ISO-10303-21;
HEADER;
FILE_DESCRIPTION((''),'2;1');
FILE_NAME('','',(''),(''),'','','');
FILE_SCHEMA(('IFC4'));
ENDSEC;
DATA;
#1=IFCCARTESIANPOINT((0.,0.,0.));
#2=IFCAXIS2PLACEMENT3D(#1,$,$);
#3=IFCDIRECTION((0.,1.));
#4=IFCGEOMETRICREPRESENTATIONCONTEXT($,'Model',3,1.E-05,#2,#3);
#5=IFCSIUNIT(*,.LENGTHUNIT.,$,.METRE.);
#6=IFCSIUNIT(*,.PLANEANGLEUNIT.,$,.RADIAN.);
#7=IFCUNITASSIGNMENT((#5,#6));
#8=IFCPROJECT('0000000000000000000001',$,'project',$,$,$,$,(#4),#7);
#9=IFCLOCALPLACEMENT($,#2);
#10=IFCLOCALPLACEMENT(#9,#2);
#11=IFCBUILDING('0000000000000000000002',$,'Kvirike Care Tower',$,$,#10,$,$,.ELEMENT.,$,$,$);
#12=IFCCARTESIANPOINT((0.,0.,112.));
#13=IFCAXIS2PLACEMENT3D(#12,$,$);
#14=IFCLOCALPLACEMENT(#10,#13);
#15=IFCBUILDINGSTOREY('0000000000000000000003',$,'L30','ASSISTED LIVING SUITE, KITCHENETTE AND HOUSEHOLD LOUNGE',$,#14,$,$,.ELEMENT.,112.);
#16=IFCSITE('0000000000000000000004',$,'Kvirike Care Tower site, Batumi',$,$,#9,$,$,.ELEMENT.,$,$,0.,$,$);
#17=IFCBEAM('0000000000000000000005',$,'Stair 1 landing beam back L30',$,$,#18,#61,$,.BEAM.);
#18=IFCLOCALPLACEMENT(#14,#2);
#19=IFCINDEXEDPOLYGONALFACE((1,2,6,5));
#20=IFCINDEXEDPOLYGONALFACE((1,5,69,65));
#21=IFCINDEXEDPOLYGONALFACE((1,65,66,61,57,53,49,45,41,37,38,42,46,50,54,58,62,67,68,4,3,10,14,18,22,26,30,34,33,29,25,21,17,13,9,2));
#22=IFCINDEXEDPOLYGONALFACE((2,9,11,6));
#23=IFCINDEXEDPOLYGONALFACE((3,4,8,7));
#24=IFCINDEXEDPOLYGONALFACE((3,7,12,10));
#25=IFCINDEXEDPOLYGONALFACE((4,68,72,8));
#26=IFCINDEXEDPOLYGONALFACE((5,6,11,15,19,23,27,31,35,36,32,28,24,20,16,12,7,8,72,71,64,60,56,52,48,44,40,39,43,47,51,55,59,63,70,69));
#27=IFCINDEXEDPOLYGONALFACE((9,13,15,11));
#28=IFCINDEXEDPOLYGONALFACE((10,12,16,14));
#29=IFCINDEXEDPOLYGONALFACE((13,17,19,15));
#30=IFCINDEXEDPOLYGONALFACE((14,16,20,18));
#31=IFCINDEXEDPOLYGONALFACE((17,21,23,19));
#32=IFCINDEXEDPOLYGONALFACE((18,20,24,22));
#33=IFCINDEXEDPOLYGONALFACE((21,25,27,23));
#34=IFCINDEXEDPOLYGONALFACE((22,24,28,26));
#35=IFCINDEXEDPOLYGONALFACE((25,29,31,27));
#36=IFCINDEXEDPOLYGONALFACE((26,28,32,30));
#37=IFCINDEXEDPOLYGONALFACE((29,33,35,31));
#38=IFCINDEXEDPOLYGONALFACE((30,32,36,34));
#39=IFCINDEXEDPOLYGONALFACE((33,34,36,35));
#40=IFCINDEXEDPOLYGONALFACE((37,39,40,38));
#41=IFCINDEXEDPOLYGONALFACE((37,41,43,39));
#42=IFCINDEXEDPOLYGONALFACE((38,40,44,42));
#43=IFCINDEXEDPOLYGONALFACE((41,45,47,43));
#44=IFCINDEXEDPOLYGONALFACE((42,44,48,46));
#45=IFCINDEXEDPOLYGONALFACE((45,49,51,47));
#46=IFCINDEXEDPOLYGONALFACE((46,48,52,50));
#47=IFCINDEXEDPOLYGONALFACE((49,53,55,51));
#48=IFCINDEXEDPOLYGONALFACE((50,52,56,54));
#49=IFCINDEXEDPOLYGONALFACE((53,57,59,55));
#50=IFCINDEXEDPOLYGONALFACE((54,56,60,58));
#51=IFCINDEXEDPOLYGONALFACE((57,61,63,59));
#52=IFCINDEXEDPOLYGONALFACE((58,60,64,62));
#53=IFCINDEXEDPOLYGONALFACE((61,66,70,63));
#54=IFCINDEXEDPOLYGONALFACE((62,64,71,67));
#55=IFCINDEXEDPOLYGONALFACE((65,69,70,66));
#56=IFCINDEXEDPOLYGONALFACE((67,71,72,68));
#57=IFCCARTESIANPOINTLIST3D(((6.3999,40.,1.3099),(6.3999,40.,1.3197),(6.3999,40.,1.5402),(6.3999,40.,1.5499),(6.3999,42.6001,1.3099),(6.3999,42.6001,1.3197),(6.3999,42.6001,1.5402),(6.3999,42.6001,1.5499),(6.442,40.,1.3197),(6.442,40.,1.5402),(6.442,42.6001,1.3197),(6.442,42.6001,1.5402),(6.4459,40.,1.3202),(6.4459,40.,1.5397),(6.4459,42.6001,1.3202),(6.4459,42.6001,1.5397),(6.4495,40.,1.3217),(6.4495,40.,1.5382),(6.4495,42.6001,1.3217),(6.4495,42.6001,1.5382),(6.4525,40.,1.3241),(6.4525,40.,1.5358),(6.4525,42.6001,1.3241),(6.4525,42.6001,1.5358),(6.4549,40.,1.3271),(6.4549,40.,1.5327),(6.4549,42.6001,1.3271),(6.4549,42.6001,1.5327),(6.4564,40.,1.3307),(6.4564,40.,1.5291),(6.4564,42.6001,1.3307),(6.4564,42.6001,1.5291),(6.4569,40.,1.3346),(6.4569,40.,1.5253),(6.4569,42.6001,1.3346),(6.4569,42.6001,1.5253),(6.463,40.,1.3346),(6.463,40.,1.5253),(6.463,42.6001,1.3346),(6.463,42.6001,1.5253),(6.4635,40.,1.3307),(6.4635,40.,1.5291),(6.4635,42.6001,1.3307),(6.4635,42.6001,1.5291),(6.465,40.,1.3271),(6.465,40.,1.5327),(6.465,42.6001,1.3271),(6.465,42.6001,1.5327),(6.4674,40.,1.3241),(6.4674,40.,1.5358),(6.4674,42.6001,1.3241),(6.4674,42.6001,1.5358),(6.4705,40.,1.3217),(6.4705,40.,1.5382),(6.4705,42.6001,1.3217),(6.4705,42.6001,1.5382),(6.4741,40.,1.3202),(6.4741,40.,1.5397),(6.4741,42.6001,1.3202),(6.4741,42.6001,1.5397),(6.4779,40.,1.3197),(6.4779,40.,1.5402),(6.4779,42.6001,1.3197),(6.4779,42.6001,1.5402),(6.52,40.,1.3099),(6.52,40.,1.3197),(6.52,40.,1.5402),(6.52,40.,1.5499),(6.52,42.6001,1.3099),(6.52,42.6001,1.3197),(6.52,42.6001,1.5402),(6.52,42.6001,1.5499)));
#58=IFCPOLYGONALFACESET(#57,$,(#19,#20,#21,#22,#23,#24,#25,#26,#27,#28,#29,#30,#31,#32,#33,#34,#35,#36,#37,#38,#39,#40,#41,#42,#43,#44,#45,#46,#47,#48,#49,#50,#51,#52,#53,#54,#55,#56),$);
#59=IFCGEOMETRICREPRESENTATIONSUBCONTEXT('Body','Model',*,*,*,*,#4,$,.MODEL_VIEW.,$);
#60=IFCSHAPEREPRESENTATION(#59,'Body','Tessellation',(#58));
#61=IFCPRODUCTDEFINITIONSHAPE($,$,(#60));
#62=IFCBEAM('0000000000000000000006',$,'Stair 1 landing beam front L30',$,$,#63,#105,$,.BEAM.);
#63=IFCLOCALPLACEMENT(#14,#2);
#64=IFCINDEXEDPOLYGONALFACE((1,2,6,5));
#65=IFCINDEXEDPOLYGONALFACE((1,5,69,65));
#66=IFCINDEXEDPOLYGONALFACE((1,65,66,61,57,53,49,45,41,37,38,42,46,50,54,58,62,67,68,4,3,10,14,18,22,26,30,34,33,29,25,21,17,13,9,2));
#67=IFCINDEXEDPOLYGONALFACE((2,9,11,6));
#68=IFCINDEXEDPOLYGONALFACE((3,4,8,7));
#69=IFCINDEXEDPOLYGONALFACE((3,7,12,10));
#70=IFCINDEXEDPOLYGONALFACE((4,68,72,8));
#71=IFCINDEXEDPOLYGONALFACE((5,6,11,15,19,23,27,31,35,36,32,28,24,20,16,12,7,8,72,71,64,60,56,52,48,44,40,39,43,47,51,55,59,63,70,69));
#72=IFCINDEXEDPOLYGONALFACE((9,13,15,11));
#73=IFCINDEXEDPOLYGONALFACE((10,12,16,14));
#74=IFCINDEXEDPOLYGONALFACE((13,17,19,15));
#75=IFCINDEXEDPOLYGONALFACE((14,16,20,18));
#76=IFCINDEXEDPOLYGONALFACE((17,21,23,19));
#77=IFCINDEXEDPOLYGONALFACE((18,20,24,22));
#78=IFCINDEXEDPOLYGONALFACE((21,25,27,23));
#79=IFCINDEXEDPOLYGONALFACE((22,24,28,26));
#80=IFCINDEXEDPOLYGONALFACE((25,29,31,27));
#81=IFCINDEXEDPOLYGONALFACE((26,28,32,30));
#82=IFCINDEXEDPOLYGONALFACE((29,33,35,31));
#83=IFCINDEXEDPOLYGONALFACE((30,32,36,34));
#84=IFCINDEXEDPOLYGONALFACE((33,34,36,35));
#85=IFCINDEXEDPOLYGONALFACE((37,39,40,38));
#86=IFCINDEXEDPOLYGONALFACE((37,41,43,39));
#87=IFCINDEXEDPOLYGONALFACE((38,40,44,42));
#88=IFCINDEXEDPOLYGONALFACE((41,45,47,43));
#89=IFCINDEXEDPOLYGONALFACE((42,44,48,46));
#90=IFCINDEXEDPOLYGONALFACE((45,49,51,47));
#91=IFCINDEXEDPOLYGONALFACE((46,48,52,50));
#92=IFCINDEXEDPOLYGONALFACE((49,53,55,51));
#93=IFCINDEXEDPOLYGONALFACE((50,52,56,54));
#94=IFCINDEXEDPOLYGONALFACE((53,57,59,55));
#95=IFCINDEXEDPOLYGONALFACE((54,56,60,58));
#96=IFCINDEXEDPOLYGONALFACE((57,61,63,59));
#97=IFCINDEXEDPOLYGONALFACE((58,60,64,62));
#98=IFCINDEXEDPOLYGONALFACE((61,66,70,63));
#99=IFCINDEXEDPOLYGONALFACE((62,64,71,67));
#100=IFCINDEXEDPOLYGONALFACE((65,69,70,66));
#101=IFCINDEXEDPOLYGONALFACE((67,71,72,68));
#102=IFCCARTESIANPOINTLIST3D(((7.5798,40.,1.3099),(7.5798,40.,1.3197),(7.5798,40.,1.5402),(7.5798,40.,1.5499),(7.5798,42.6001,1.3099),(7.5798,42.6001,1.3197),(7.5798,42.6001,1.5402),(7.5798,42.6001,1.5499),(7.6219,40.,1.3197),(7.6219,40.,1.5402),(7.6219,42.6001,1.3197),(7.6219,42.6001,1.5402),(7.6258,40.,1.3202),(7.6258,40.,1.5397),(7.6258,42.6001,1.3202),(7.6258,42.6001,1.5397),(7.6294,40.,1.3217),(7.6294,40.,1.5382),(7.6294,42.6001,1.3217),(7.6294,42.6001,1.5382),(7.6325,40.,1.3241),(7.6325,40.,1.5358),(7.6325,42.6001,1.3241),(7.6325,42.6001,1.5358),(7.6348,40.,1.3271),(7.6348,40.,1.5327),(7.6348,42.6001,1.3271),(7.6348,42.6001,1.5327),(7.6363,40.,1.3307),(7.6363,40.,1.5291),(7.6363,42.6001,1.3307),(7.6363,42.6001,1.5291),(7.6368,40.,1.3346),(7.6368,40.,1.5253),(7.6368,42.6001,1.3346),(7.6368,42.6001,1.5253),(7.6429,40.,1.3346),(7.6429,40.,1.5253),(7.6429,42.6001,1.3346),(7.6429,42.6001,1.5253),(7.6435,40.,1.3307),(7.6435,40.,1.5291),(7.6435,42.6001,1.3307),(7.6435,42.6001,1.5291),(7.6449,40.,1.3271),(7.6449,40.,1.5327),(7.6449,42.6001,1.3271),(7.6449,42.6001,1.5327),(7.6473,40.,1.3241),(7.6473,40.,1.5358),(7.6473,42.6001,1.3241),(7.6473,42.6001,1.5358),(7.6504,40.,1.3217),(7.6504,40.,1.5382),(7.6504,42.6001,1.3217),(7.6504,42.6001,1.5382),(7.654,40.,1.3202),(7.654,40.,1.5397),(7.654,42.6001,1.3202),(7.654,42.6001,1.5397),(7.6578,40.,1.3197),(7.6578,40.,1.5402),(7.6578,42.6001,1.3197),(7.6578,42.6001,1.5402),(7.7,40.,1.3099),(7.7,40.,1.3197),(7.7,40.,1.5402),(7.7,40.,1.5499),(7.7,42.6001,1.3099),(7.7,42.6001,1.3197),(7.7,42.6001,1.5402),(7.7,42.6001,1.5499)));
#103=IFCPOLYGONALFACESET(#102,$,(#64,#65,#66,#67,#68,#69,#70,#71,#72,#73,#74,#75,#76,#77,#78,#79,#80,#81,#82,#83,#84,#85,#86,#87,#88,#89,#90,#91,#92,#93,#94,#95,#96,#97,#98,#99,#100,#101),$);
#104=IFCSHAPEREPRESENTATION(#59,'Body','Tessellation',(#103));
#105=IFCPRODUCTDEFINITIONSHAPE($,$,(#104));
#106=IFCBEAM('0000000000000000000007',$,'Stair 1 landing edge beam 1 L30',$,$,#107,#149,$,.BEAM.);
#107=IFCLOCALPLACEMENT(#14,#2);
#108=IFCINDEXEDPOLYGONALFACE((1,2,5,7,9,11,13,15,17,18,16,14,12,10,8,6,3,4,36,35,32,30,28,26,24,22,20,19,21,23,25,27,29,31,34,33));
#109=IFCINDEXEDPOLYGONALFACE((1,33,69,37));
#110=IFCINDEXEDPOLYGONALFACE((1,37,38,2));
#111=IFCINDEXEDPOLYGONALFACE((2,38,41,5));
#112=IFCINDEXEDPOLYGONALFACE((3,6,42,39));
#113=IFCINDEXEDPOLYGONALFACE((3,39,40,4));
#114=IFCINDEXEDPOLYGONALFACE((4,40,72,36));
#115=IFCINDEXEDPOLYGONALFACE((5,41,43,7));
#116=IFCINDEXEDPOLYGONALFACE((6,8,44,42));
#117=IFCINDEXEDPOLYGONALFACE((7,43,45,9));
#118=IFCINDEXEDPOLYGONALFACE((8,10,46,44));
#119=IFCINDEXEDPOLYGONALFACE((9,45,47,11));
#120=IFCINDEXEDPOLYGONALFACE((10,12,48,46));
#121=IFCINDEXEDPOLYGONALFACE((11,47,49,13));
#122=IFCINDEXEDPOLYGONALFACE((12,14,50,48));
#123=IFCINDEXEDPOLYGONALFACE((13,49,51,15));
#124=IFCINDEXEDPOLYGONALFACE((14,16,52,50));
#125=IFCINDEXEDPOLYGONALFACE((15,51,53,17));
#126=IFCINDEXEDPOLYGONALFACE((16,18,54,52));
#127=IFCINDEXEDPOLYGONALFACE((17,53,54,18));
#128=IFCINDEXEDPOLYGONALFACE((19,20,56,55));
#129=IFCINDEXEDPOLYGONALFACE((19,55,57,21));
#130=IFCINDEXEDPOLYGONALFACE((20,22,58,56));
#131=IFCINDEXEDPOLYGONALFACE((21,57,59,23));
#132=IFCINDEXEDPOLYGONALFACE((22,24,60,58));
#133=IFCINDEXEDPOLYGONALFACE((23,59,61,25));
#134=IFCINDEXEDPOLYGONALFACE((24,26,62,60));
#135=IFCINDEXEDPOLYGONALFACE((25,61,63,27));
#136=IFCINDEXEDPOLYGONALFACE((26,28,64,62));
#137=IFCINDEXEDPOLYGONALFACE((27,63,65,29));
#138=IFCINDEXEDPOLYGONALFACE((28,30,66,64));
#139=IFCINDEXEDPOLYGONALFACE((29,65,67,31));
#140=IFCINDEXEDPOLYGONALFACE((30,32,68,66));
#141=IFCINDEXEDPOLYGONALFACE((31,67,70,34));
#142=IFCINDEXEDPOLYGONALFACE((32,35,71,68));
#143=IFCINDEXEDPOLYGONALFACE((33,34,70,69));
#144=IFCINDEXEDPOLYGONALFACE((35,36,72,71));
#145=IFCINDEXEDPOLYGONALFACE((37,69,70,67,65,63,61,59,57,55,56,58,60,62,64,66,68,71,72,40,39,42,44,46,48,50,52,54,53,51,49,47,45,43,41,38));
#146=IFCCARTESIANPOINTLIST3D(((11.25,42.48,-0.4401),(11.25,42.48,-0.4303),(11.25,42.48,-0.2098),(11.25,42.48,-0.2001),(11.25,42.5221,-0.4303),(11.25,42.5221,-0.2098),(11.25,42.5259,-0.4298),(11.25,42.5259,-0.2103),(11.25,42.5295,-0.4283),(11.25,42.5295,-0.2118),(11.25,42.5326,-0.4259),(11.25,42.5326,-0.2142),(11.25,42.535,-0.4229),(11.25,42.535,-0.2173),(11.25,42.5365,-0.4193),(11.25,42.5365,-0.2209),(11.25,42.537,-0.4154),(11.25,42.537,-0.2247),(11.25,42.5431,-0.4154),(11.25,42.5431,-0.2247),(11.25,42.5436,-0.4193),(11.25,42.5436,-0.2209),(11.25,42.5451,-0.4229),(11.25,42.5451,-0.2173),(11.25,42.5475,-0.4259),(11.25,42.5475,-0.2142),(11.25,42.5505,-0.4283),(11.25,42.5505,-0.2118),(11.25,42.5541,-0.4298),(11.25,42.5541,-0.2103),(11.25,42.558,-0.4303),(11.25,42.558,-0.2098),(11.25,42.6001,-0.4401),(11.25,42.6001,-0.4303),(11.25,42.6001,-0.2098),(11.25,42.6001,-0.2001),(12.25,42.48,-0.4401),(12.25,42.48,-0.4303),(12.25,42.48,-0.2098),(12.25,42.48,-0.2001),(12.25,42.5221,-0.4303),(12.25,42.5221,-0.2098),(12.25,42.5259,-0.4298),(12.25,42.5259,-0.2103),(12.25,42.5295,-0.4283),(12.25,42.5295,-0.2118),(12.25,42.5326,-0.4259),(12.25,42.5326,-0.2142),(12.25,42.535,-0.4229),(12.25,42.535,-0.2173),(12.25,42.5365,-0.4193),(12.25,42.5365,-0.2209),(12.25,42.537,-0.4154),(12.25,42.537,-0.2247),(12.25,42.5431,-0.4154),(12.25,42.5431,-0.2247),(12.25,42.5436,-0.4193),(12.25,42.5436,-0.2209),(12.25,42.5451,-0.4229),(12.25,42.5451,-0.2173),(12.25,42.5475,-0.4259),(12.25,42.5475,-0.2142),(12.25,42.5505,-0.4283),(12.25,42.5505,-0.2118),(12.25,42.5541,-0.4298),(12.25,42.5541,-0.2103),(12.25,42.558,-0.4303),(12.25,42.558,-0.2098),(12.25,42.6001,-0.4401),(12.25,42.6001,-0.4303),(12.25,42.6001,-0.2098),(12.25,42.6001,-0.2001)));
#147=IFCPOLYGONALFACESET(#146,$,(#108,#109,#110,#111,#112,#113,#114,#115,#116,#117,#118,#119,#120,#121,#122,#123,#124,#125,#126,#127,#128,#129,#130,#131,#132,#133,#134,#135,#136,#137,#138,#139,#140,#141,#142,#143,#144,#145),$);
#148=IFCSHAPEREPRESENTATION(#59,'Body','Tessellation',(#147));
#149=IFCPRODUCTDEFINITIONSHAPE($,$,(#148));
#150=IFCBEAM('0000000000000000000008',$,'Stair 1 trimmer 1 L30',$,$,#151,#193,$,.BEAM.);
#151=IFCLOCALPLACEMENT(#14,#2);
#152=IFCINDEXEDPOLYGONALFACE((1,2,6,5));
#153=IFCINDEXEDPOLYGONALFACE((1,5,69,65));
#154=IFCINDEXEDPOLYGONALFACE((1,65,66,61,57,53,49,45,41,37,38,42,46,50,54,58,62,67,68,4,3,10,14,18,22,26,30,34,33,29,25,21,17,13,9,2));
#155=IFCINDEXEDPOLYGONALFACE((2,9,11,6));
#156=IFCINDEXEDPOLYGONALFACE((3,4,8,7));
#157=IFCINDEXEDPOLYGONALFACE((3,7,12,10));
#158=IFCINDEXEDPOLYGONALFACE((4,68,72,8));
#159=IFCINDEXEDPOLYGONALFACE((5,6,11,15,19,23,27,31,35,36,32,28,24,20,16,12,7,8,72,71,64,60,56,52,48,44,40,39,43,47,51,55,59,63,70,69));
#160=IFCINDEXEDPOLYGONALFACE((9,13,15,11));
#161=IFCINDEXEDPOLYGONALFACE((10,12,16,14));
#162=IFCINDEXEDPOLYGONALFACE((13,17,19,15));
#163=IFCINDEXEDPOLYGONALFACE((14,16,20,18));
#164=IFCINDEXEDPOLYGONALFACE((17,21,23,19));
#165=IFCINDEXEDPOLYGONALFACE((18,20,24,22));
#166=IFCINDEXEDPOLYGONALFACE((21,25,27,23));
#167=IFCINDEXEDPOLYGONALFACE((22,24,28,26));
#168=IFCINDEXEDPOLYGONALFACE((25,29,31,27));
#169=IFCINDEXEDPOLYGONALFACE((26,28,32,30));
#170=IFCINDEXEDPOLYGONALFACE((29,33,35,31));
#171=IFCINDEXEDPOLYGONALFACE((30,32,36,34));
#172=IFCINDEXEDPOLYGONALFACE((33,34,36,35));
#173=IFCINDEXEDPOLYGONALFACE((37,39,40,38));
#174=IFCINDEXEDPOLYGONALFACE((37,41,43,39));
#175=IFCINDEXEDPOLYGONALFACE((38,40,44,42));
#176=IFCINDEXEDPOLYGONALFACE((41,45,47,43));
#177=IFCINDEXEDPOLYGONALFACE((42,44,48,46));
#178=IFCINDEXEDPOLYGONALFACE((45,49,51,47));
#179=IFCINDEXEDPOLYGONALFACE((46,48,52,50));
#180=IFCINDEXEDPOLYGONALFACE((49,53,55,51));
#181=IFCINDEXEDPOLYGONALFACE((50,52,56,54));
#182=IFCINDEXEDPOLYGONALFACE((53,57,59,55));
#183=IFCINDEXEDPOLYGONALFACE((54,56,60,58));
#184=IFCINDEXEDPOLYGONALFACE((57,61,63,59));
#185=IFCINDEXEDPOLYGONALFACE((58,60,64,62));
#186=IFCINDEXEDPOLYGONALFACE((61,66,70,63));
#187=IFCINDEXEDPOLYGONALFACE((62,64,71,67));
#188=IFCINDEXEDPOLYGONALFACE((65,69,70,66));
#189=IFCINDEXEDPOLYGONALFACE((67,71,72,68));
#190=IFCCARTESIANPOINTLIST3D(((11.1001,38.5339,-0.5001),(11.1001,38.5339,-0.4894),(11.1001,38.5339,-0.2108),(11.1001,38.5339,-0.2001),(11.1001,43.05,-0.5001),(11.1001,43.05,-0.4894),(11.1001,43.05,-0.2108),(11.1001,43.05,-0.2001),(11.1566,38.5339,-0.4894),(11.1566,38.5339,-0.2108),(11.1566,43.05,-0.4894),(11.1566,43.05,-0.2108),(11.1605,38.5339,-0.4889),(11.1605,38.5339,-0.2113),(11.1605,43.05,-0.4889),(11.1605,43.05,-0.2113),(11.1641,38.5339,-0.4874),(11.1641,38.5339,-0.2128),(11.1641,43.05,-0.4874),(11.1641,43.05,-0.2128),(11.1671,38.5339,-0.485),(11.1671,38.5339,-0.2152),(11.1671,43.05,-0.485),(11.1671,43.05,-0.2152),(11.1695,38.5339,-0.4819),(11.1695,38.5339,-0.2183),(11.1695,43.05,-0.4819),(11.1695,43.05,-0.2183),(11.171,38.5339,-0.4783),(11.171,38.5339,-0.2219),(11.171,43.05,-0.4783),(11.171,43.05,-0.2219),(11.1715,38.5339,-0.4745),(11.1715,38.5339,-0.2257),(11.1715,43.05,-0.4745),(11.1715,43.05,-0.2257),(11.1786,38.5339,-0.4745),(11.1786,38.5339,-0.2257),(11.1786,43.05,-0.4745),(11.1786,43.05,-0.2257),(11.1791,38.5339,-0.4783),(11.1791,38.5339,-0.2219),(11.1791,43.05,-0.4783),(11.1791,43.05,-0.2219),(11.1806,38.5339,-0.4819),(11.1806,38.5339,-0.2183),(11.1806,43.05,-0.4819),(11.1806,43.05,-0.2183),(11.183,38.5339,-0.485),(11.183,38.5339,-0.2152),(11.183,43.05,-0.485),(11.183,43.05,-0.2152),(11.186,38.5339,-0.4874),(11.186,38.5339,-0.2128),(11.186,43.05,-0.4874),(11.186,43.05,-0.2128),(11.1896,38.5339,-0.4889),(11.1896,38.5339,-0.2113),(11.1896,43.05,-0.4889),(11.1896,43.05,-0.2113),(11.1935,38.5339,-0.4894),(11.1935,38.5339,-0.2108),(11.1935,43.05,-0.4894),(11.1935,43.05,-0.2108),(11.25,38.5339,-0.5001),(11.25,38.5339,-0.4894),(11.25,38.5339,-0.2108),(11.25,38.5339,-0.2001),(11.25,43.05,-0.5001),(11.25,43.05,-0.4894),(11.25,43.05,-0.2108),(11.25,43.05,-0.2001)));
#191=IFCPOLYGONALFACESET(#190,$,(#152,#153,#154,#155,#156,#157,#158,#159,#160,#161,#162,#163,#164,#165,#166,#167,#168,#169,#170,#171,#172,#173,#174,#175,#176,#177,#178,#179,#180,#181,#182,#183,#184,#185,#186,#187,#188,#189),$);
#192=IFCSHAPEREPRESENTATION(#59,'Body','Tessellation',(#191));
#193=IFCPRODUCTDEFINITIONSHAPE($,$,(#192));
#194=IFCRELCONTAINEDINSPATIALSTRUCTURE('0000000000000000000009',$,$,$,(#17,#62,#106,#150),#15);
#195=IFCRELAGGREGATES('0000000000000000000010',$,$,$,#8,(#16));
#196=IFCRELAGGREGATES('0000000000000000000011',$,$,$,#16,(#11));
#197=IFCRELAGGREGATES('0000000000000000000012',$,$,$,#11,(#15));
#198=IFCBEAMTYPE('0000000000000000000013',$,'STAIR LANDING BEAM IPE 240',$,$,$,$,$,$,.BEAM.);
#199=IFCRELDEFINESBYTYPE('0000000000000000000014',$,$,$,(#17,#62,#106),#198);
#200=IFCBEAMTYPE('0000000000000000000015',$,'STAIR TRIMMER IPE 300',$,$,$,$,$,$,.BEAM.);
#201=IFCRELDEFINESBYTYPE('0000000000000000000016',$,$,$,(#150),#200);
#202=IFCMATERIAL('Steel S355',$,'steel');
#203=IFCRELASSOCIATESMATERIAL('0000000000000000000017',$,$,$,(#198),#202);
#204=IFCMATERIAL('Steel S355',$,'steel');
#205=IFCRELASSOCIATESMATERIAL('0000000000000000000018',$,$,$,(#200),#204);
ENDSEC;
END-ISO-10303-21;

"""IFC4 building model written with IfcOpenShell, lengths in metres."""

from ifc_helpers import new_model, si_unit, direction, frame, origin, origin_2d, place, context, subcontext, project, spatial, i_section, extrude, material, material_profile, profile_set, type_object, element, save


model = new_model("IFC4")

# Units and contexts
model_context = context("Model", 3, precision=1e-05, world=origin(), true_north=direction((0.0, 1.0)))
body_context = subcontext(model_context, "Body", "Model", "MODEL_VIEW")
ifc_project = project(units=[si_unit("LENGTHUNIT", "METRE"), si_unit("PLANEANGLEUNIT", "RADIAN")], contexts=[model_context])

# Site, building, storey
site_placement = place(None, origin())
site = spatial("IfcSite", under=ifc_project, at=site_placement, Name="Kvirike Care Tower site, Batumi", CompositionType="ELEMENT", RefElevation=0.0)
building_placement = place(site_placement, origin())
building = spatial("IfcBuilding", under=site, at=building_placement, Name="Kvirike Care Tower", CompositionType="ELEMENT")
storey_placement = place(building_placement, frame((0.0, 0.0, 112.0)))
storey = spatial("IfcBuildingStorey", under=building, at=storey_placement, Name="L30", Description="ASSISTED LIVING SUITE, KITCHENETTE AND HOUSEHOLD LOUNGE", CompositionType="ELEMENT", Elevation=112.0)

# Beams
ifc_material_1 = material(Name="Steel S355", Category="steel")
ifc_material_profile_1 = material_profile(ifc_material_1, i_section(OverallWidth=0.1201, OverallDepth=0.24, WebThickness=0.0061, FlangeThickness=0.0098, FilletRadius=0.0149, at=origin_2d()), Name="IPE 240")
ifc_profile_set_1 = profile_set([ifc_material_profile_1], Name="Steel S355")
beam_type_1 = type_object("IfcBeamType", Name="STAIR LANDING BEAM IPE 240", PredefinedType="BEAM", material=ifc_profile_set_1)
for number, where, z_axis, x_axis, name in (
    (1, (6.46, 42.6001, 1.4299), (0.0, -1.0, 0.0), (1.0, 0.0, 0.0), "Stair 1 landing beam back L30"),
    (2, (7.6399, 42.6001, 1.4299), (0.0, -1.0, 0.0), (1.0, 0.0, 0.0), "Stair 1 landing beam front L30"),
):
    element("IfcBeam", number, at=place(storey_placement, frame(where, z_axis=z_axis, x_axis=x_axis)), inside=storey, type_object=beam_type_1, Name=name, PredefinedType="BEAM", context=body_context, shape_type="SweptSolid", body=[
        extrude(i_section(OverallWidth=0.1201, OverallDepth=0.24, WebThickness=0.0061, FlangeThickness=0.0098, FilletRadius=0.0149, at=origin_2d()), origin(), (0.0, 0.0, 1.0), 2.6001),
    ])
beam_1_placement = place(storey_placement, frame((11.25, 42.54, -0.3201), z_axis=(1.0, 0.0, 0.0), x_axis=(0.0, 1.0, 0.0)))
element("IfcBeam", 3, at=beam_1_placement, inside=storey, type_object=beam_type_1, Name="Stair 1 landing edge beam 1 L30", PredefinedType="BEAM", context=body_context, shape_type="SweptSolid", body=[
    extrude(i_section(OverallWidth=0.1201, OverallDepth=0.24, WebThickness=0.0061, FlangeThickness=0.0098, FilletRadius=0.0149, at=origin_2d()), origin(), (0.0, 0.0, 1.0), 1.0),
])
ifc_material_2 = material(Name="Steel S355", Category="steel")
ifc_material_profile_2 = material_profile(ifc_material_2, i_section(OverallWidth=0.1499, OverallDepth=0.3, WebThickness=0.0071, FlangeThickness=0.0107, FilletRadius=0.0149, at=origin_2d()), Name="IPE 300")
ifc_profile_set_2 = profile_set([ifc_material_profile_2], Name="Steel S355")
beam_type_2 = type_object("IfcBeamType", Name="STAIR TRIMMER IPE 300", PredefinedType="BEAM", material=ifc_profile_set_2)
for number, where, z_axis, x_axis, name in (
    (4, (11.175, 43.05, -0.3501), (0.0, -1.0, 0.0), (1.0, 0.0, 0.0), "Stair 1 trimmer 1 L30"),
):
    element("IfcBeam", number, at=place(storey_placement, frame(where, z_axis=z_axis, x_axis=x_axis)), inside=storey, type_object=beam_type_2, Name=name, PredefinedType="BEAM", context=body_context, shape_type="SweptSolid", body=[
        extrude(i_section(OverallWidth=0.1499, OverallDepth=0.3, WebThickness=0.0071, FlangeThickness=0.0107, FilletRadius=0.0149, at=origin_2d()), origin(), (0.0, 0.0, 1.0), 4.5161),
    ])

save(model, "model.ifc")
